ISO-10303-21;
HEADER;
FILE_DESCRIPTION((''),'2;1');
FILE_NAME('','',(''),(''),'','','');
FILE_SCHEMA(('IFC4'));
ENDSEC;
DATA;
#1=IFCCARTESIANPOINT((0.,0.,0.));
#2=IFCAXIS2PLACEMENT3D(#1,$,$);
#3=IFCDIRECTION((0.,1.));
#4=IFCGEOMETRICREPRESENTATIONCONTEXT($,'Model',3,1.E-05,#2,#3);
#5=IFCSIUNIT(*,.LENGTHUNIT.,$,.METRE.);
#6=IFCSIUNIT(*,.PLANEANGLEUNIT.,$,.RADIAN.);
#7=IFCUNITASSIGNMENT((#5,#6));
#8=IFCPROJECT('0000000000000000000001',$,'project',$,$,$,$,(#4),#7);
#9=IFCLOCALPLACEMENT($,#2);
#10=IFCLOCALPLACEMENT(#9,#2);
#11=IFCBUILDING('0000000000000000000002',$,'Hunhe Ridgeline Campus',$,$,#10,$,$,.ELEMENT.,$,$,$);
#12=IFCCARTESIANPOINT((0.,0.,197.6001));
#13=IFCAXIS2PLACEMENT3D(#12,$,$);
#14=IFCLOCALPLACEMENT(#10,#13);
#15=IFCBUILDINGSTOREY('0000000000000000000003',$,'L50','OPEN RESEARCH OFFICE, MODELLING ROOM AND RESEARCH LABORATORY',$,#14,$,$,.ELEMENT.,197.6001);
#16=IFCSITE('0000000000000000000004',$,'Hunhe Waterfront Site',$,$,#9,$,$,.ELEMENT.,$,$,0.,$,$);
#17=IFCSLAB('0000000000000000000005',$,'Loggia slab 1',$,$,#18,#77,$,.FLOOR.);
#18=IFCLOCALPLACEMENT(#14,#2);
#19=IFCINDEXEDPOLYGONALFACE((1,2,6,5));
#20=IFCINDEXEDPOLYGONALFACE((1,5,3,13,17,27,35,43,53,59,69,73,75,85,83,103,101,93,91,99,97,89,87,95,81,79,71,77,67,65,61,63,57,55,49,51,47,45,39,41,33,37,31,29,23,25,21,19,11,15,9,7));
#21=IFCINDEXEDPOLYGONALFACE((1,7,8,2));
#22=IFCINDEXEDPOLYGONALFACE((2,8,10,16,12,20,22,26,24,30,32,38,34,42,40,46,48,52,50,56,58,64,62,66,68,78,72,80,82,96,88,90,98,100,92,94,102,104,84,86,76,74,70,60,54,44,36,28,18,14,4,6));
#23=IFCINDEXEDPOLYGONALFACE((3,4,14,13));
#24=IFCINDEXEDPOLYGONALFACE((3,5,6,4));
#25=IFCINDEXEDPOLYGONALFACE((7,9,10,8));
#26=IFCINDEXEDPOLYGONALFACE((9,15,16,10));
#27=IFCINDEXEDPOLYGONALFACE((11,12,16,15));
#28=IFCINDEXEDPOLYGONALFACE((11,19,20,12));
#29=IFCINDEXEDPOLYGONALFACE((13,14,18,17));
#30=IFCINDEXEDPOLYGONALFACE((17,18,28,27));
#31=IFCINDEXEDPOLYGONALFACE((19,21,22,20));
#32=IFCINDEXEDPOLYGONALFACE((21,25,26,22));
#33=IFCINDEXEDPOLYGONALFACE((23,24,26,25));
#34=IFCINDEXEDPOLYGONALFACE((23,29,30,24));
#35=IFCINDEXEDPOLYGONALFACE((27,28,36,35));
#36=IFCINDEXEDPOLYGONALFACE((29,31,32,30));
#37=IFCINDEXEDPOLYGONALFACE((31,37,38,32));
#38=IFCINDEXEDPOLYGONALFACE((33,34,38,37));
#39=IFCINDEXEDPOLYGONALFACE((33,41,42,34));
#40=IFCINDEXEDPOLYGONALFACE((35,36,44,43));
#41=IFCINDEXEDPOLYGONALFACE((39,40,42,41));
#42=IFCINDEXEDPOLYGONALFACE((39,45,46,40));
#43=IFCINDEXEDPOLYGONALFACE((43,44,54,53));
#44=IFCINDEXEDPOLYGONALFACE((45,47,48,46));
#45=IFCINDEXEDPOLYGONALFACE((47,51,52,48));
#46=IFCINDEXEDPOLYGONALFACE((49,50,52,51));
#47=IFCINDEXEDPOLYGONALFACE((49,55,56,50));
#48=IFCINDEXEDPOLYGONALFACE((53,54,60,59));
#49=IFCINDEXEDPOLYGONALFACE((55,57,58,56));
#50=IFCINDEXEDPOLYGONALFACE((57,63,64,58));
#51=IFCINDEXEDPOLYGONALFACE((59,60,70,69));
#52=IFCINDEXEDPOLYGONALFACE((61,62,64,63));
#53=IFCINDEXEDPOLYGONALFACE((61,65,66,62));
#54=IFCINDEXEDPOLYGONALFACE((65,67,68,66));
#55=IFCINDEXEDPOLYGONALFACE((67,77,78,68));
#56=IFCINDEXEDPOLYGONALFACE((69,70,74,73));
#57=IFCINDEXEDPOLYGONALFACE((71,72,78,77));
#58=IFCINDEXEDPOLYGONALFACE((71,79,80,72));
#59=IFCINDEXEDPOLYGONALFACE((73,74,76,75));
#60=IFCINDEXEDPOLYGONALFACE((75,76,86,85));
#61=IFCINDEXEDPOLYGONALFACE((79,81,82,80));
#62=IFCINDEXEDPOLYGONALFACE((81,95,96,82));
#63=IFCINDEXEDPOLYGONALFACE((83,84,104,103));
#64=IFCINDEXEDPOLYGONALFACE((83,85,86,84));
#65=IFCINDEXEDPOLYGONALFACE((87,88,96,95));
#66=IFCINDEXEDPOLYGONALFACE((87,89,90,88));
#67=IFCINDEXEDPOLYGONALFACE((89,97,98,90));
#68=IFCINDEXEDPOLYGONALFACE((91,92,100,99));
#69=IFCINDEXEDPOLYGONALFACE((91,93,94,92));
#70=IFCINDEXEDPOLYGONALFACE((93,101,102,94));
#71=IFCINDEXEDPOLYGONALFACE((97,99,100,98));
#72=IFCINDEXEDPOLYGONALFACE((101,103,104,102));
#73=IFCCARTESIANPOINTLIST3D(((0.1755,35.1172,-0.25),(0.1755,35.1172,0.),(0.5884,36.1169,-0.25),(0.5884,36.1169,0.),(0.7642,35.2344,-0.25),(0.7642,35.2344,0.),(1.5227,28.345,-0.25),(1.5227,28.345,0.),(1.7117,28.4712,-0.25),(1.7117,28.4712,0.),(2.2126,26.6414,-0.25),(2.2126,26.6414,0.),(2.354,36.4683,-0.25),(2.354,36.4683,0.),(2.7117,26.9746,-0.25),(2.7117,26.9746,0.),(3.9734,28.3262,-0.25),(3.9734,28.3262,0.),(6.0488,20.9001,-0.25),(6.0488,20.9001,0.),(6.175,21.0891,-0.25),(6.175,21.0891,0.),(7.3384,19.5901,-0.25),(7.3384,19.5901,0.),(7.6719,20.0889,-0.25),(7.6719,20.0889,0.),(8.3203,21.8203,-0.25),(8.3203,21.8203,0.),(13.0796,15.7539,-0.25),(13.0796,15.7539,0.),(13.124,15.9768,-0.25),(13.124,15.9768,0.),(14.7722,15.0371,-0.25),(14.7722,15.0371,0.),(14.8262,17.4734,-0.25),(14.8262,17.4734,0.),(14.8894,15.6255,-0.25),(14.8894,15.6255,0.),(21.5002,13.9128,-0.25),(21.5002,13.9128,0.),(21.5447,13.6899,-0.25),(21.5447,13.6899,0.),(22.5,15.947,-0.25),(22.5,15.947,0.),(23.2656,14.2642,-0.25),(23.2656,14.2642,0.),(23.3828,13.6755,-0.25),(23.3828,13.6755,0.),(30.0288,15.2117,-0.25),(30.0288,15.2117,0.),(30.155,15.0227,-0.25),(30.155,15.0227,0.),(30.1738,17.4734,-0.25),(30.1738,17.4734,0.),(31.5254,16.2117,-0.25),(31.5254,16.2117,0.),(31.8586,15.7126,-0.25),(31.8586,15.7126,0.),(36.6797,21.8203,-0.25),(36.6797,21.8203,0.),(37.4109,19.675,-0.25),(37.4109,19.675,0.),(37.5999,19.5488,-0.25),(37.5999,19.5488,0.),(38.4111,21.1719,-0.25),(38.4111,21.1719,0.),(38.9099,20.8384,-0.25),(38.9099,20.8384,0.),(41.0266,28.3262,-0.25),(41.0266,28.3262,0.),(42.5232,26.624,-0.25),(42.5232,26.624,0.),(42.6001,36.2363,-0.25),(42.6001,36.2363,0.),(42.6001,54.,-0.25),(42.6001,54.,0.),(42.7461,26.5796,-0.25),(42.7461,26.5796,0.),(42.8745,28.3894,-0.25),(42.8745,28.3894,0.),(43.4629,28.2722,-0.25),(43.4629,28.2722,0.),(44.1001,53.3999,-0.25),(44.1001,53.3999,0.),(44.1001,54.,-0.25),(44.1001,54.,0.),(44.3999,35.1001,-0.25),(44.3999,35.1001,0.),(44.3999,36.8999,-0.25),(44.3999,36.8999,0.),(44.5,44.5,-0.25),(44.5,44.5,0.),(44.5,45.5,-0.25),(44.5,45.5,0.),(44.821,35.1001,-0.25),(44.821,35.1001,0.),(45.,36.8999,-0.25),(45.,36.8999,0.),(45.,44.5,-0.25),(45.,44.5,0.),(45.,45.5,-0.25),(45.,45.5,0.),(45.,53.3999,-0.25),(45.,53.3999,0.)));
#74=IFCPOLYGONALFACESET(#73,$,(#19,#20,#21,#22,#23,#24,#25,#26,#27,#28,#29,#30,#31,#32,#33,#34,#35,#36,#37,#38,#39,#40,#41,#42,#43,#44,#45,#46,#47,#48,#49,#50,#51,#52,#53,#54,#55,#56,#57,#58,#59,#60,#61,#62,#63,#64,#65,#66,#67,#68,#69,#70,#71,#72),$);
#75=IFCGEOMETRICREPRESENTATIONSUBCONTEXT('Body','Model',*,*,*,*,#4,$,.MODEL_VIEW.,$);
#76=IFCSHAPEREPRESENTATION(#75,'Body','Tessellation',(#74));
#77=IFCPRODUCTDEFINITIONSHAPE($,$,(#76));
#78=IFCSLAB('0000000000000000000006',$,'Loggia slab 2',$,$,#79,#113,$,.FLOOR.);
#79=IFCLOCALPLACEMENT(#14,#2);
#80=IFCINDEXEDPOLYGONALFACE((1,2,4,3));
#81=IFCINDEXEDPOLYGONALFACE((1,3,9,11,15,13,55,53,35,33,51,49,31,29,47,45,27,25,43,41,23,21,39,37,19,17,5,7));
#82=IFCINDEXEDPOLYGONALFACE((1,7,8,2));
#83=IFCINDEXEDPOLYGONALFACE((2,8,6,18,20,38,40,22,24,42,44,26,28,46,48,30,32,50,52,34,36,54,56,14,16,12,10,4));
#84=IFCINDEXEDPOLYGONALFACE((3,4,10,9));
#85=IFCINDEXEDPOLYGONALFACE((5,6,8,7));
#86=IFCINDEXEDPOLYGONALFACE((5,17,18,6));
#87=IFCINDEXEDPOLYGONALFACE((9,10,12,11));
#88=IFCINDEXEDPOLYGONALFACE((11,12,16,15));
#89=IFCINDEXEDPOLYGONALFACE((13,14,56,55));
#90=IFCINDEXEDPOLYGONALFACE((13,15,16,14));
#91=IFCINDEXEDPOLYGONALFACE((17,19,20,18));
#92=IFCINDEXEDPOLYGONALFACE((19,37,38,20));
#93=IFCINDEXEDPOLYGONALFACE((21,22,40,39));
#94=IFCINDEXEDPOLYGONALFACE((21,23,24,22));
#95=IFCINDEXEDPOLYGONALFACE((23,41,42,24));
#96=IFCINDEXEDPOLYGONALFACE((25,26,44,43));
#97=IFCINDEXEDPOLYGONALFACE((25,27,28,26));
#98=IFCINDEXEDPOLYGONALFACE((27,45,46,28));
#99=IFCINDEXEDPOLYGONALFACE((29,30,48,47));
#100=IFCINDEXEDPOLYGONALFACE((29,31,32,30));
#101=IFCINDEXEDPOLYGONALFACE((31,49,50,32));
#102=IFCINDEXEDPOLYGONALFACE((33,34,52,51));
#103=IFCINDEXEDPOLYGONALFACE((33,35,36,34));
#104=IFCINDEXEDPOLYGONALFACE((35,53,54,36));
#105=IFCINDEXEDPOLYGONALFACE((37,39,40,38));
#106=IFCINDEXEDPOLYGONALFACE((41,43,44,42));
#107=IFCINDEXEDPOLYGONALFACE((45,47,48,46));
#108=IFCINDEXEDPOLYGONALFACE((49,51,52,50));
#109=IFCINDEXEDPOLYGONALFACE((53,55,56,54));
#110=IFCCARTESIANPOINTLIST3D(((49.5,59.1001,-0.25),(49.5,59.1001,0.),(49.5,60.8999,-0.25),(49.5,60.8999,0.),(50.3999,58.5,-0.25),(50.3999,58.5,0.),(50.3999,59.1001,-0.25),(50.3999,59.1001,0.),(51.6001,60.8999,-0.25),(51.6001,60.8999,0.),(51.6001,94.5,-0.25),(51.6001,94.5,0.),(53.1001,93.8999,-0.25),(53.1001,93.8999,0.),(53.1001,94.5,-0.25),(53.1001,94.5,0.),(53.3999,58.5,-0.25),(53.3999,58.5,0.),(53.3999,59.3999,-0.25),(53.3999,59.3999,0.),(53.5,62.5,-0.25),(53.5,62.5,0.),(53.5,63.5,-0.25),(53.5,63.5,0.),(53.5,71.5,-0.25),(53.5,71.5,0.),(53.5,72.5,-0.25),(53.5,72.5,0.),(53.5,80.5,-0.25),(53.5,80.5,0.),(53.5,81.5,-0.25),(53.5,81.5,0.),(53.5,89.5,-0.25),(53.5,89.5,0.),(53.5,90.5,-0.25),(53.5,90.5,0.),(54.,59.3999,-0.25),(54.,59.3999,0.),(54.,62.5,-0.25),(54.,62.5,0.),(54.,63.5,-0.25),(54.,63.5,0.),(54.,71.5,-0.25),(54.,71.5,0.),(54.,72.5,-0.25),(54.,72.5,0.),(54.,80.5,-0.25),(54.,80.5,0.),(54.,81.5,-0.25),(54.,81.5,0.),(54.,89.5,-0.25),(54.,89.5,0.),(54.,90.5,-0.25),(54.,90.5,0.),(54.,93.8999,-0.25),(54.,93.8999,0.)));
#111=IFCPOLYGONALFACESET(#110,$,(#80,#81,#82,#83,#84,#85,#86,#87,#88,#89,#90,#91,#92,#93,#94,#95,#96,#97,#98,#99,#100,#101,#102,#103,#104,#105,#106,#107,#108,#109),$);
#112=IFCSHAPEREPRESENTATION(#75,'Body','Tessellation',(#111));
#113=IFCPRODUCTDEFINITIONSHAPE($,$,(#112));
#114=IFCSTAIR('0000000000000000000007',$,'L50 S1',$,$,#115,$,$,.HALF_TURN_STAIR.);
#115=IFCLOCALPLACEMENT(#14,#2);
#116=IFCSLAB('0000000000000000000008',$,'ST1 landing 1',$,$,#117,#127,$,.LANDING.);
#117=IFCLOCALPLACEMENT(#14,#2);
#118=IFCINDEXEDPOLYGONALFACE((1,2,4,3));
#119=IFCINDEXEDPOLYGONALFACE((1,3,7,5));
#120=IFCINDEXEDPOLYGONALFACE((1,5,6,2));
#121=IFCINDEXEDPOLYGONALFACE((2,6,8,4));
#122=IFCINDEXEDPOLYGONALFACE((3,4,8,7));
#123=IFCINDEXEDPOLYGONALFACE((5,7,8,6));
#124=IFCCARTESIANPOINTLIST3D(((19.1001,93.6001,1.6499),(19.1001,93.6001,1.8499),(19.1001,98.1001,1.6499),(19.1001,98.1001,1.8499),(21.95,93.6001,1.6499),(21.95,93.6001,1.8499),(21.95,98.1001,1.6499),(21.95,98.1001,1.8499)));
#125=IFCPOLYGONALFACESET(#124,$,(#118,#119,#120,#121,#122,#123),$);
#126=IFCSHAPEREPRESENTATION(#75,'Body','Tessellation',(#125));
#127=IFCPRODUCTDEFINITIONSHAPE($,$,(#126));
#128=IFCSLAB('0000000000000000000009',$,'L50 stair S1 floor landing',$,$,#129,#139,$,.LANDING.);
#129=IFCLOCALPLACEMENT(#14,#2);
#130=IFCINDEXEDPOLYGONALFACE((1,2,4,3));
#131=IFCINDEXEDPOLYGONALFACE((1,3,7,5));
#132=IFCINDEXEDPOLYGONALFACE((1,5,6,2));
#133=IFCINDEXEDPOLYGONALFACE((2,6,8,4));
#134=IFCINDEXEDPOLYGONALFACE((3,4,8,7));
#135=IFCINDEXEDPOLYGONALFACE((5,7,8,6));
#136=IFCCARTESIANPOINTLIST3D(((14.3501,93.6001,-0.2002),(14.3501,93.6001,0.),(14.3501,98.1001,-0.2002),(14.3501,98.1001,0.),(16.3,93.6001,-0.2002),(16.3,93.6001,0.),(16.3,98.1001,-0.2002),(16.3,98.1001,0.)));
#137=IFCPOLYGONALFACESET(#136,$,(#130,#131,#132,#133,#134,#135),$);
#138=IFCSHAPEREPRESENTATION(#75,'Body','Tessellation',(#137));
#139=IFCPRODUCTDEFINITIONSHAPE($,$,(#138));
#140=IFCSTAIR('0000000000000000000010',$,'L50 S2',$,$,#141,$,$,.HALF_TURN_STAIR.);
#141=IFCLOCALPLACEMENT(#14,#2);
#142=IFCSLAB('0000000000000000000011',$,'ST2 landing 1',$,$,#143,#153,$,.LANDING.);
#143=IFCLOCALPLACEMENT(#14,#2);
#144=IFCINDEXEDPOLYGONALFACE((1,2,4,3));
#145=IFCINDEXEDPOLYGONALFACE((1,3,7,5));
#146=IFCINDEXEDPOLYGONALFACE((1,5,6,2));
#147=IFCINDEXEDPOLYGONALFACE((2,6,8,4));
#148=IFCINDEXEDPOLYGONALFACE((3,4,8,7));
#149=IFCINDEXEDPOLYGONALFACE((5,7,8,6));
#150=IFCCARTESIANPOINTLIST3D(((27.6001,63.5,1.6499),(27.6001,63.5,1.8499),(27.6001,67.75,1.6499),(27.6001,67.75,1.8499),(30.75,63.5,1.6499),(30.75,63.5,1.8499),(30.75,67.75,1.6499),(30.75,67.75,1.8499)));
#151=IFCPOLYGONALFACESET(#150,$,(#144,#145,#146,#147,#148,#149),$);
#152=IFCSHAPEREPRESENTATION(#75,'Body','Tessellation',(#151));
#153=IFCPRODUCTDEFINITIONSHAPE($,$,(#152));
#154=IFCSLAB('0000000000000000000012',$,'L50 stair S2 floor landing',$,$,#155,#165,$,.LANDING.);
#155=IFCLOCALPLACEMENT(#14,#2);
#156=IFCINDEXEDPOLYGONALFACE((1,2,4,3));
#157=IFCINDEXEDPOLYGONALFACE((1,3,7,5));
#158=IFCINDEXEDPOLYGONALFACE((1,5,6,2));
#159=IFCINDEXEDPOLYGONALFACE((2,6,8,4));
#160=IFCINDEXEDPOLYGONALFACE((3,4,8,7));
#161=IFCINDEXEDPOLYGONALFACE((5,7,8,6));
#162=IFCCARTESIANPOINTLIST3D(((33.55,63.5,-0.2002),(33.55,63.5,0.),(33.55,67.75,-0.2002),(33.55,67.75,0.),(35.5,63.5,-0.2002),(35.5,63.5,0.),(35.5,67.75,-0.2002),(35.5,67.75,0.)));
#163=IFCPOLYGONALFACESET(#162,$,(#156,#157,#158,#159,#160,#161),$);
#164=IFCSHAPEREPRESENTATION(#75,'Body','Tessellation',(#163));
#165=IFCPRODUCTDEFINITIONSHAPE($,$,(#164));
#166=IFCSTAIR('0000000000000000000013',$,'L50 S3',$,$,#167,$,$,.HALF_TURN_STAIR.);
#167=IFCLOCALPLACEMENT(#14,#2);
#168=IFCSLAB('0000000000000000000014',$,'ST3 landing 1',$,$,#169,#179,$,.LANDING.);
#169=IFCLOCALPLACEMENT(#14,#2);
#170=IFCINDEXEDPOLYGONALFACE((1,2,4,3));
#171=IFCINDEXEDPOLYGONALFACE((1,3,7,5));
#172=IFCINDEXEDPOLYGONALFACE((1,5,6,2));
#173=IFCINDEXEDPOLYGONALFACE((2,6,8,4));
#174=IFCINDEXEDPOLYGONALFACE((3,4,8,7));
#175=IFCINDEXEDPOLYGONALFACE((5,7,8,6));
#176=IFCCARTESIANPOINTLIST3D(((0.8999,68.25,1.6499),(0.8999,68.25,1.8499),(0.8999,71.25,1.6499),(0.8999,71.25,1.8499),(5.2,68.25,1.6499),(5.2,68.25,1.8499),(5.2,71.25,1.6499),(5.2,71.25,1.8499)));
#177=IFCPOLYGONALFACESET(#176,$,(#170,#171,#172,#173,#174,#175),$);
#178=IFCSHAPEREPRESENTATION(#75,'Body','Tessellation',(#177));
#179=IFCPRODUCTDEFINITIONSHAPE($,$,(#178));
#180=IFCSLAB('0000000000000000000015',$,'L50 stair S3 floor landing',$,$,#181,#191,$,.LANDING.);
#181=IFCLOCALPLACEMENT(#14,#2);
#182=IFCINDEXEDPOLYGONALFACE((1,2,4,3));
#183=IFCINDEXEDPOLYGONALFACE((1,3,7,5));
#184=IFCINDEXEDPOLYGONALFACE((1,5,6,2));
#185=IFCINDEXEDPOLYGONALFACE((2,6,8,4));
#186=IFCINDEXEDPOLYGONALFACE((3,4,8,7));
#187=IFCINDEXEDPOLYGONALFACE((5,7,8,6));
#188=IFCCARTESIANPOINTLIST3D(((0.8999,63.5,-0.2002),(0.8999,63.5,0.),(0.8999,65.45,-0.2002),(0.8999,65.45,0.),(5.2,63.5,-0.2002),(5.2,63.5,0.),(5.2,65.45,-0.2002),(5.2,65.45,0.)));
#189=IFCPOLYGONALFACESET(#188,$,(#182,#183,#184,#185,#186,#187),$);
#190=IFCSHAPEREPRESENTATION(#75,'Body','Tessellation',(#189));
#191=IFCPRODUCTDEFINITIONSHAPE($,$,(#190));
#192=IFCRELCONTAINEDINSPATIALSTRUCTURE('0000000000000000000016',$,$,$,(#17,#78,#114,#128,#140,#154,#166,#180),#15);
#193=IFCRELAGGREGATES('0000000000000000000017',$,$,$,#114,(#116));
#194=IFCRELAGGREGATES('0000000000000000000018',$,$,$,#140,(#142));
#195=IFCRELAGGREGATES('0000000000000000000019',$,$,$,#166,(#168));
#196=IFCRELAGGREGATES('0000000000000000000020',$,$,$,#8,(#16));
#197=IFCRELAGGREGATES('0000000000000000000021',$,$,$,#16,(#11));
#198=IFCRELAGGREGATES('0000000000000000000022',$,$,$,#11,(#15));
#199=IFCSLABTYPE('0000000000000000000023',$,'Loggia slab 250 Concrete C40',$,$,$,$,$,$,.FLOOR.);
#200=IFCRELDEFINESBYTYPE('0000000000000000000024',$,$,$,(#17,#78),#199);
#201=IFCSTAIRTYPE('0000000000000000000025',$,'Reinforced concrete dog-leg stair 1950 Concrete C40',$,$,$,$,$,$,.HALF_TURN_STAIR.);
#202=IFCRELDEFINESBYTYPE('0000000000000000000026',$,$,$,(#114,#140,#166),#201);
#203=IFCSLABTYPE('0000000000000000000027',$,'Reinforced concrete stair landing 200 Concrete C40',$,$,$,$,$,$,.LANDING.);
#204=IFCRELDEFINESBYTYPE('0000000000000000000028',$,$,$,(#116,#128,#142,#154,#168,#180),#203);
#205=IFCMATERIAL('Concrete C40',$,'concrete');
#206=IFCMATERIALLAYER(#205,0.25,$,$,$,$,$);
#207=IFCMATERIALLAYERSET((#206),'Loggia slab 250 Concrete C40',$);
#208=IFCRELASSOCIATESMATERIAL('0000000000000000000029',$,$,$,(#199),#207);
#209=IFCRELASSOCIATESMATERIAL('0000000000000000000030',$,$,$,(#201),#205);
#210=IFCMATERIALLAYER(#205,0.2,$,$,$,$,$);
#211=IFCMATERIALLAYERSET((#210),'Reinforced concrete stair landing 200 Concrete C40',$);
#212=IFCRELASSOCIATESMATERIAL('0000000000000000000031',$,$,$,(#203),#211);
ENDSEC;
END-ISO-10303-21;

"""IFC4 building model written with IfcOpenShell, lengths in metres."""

from ifc_helpers import new_model, si_unit, direction, frame, origin, place, context, subcontext, project, spatial, polyline, outline, extrude, material, layer, layer_set, type_object, element, aggregate, save


model = new_model("IFC4")

# Units and contexts
model_context = context("Model", 3, precision=1e-05, world=origin(), true_north=direction((0.0, 1.0)))
body_context = subcontext(model_context, "Body", "Model", "MODEL_VIEW")
ifc_project = project(units=[si_unit("LENGTHUNIT", "METRE"), si_unit("PLANEANGLEUNIT", "RADIAN")], contexts=[model_context])

# Site, building, storey
site_placement = place(None, origin())
site = spatial("IfcSite", under=ifc_project, at=site_placement, Name="Hunhe Waterfront Site", CompositionType="ELEMENT", RefElevation=0.0)
building_placement = place(site_placement, origin())
building = spatial("IfcBuilding", under=site, at=building_placement, Name="Hunhe Ridgeline Campus", CompositionType="ELEMENT")
storey_placement = place(building_placement, frame((0.0, 0.0, 197.6001)))
storey = spatial("IfcBuildingStorey", under=building, at=storey_placement, Name="L50", Description="OPEN RESEARCH OFFICE, MODELLING ROOM AND RESEARCH LABORATORY", CompositionType="ELEMENT", Elevation=197.6001)

# Slabs
ifc_material_1 = material(Name="Concrete C40", Category="concrete")
ifc_layer_1 = layer(ifc_material_1, 0.25)
ifc_layer_set_1 = layer_set([ifc_layer_1], Name="Loggia slab 250 Concrete C40")
slab_type_1 = type_object("IfcSlabType", Name="Loggia slab 250 Concrete C40", PredefinedType="FLOOR", material=ifc_layer_set_1)
slab_1_placement = place(storey_placement, frame((0.0, 0.0, -0.25)))
element("IfcSlab", 1, at=slab_1_placement, inside=storey, type_object=slab_type_1, Name="Loggia slab 1", PredefinedType="FLOOR", context=body_context, shape_type="SweptSolid", body=[
    extrude(outline(polyline([(30.1738, 17.4734), (22.5, 15.947), (14.8262, 17.4734), (8.3203, 21.8203), (3.9734, 28.3262), (2.354, 36.4683), (0.5884, 36.1169), (0.7642, 35.2344), (0.1755, 35.1172), (1.5227, 28.345), (1.7117, 28.4712), (2.7117, 26.9746), (2.2126, 26.6414), (6.0488, 20.9001), (6.175, 21.0891), (7.6719, 20.0889), (7.3384, 19.5901), (13.0796, 15.7539), (13.124, 15.9768), (14.8894, 15.6255), (14.7722, 15.0371), (21.5447, 13.6899), (21.5002, 13.9128), (23.2656, 14.2642), (23.3828, 13.6755), (30.155, 15.0227), (30.0288, 15.2117), (31.5254, 16.2117), (31.8586, 15.7126), (37.5999, 19.5488), (37.4109, 19.675), (38.4111, 21.1719), (38.9099, 20.8384), (42.7461, 26.5796), (42.5232, 26.624), (42.8745, 28.3894), (43.4629, 28.2722), (44.821, 35.1001), (44.3999, 35.1001), (44.3999, 36.8999), (45.0, 36.8999), (45.0, 44.5), (44.5, 44.5), (44.5, 45.5), (45.0, 45.5), (45.0, 53.3999), (44.1001, 53.3999), (44.1001, 54.0), (42.6001, 54.0), (42.6001, 36.2363), (41.0266, 28.3262), (36.6797, 21.8203), (30.1738, 17.4734)])), origin(), (0.0, 0.0, 1.0), 0.25),
])
slab_2_placement = place(storey_placement, frame((0.0, 0.0, -0.25)))
element("IfcSlab", 2, at=slab_2_placement, inside=storey, type_object=slab_type_1, Name="Loggia slab 2", PredefinedType="FLOOR", context=body_context, shape_type="SweptSolid", body=[
    extrude(outline(polyline([(49.5, 59.1001), (50.3999, 59.1001), (50.3999, 58.5), (53.3999, 58.5), (53.3999, 59.3999), (54.0, 59.3999), (54.0, 62.5), (53.5, 62.5), (53.5, 63.5), (54.0, 63.5), (54.0, 71.5), (53.5, 71.5), (53.5, 72.5), (54.0, 72.5), (54.0, 80.5), (53.5, 80.5), (53.5, 81.5), (54.0, 81.5), (54.0, 89.5), (53.5, 89.5), (53.5, 90.5), (54.0, 90.5), (54.0, 93.8999), (53.1001, 93.8999), (53.1001, 94.5), (51.6001, 94.5), (51.6001, 60.8999), (49.5, 60.8999), (49.5, 59.1001)])), origin(), (0.0, 0.0, 1.0), 0.25),
])

# Stair, slab
stair_type = type_object("IfcStairType", Name="Reinforced concrete dog-leg stair 1950 Concrete C40", PredefinedType="HALF_TURN_STAIR", material=ifc_material_1)
stair_1_placement = place(storey_placement, origin())
stair_1 = element("IfcStair", 3, at=stair_1_placement, inside=storey, type_object=stair_type, Name="L50 S1", PredefinedType="HALF_TURN_STAIR")
ifc_layer_2 = layer(ifc_material_1, 0.2)
ifc_layer_set_2 = layer_set([ifc_layer_2], Name="Reinforced concrete stair landing 200 Concrete C40")
slab_type_2 = type_object("IfcSlabType", Name="Reinforced concrete stair landing 200 Concrete C40", PredefinedType="LANDING", material=ifc_layer_set_2)
slab_3_placement = place(storey_placement, frame((0.0, 0.0, 1.6499)))
slab_3 = element("IfcSlab", 4, at=slab_3_placement, type_object=slab_type_2, Name="ST1 landing 1", PredefinedType="LANDING", context=body_context, shape_type="SweptSolid", body=[
    extrude(outline(polyline([(19.1001, 93.6001), (21.95, 93.6001), (21.95, 98.1001), (19.1001, 98.1001), (19.1001, 93.6001)])), origin(), (0.0, 0.0, 1.0), 0.2),
])
aggregate(stair_1, [slab_3])

# Slab
slab_4_placement = place(storey_placement, frame((0.0, 0.0, -0.2002)))
element("IfcSlab", 5, at=slab_4_placement, inside=storey, type_object=slab_type_2, Name="L50 stair S1 floor landing", PredefinedType="LANDING", context=body_context, shape_type="SweptSolid", body=[
    extrude(outline(polyline([(14.3501, 93.6001), (16.3, 93.6001), (16.3, 98.1001), (14.3501, 98.1001), (14.3501, 93.6001)])), origin(), (0.0, 0.0, 1.0), 0.2002),
])

# Stair, slab
stair_2_placement = place(storey_placement, origin())
stair_2 = element("IfcStair", 6, at=stair_2_placement, inside=storey, type_object=stair_type, Name="L50 S2", PredefinedType="HALF_TURN_STAIR")
slab_5_placement = place(storey_placement, frame((0.0, 0.0, 1.6499)))
slab_5 = element("IfcSlab", 7, at=slab_5_placement, type_object=slab_type_2, Name="ST2 landing 1", PredefinedType="LANDING", context=body_context, shape_type="SweptSolid", body=[
    extrude(outline(polyline([(30.75, 67.75), (27.6001, 67.75), (27.6001, 63.5), (30.75, 63.5), (30.75, 67.75)])), origin(), (0.0, 0.0, 1.0), 0.2),
])
aggregate(stair_2, [slab_5])

# Slab
slab_6_placement = place(storey_placement, frame((0.0, 0.0, -0.2002)))
element("IfcSlab", 8, at=slab_6_placement, inside=storey, type_object=slab_type_2, Name="L50 stair S2 floor landing", PredefinedType="LANDING", context=body_context, shape_type="SweptSolid", body=[
    extrude(outline(polyline([(35.5, 67.75), (33.55, 67.75), (33.55, 63.5), (35.5, 63.5), (35.5, 67.75)])), origin(), (0.0, 0.0, 1.0), 0.2002),
])

# Stair, slab
stair_3_placement = place(storey_placement, origin())
stair_3 = element("IfcStair", 9, at=stair_3_placement, inside=storey, type_object=stair_type, Name="L50 S3", PredefinedType="HALF_TURN_STAIR")
slab_7_placement = place(storey_placement, frame((0.0, 0.0, 1.6499)))
slab_7 = element("IfcSlab", 10, at=slab_7_placement, type_object=slab_type_2, Name="ST3 landing 1", PredefinedType="LANDING", context=body_context, shape_type="SweptSolid", body=[
    extrude(outline(polyline([(5.2, 68.25), (5.2, 71.25), (0.8999, 71.25), (0.8999, 68.25), (5.2, 68.25)])), origin(), (0.0, 0.0, 1.0), 0.2),
])
aggregate(stair_3, [slab_7])

# Slab
slab_8_placement = place(storey_placement, frame((0.0, 0.0, -0.2002)))
element("IfcSlab", 11, at=slab_8_placement, inside=storey, type_object=slab_type_2, Name="L50 stair S3 floor landing", PredefinedType="LANDING", context=body_context, shape_type="SweptSolid", body=[
    extrude(outline(polyline([(5.2, 63.5), (5.2, 65.45), (0.8999, 65.45), (0.8999, 63.5), (5.2, 63.5)])), origin(), (0.0, 0.0, 1.0), 0.2002),
])

save(model, "model.ifc")
